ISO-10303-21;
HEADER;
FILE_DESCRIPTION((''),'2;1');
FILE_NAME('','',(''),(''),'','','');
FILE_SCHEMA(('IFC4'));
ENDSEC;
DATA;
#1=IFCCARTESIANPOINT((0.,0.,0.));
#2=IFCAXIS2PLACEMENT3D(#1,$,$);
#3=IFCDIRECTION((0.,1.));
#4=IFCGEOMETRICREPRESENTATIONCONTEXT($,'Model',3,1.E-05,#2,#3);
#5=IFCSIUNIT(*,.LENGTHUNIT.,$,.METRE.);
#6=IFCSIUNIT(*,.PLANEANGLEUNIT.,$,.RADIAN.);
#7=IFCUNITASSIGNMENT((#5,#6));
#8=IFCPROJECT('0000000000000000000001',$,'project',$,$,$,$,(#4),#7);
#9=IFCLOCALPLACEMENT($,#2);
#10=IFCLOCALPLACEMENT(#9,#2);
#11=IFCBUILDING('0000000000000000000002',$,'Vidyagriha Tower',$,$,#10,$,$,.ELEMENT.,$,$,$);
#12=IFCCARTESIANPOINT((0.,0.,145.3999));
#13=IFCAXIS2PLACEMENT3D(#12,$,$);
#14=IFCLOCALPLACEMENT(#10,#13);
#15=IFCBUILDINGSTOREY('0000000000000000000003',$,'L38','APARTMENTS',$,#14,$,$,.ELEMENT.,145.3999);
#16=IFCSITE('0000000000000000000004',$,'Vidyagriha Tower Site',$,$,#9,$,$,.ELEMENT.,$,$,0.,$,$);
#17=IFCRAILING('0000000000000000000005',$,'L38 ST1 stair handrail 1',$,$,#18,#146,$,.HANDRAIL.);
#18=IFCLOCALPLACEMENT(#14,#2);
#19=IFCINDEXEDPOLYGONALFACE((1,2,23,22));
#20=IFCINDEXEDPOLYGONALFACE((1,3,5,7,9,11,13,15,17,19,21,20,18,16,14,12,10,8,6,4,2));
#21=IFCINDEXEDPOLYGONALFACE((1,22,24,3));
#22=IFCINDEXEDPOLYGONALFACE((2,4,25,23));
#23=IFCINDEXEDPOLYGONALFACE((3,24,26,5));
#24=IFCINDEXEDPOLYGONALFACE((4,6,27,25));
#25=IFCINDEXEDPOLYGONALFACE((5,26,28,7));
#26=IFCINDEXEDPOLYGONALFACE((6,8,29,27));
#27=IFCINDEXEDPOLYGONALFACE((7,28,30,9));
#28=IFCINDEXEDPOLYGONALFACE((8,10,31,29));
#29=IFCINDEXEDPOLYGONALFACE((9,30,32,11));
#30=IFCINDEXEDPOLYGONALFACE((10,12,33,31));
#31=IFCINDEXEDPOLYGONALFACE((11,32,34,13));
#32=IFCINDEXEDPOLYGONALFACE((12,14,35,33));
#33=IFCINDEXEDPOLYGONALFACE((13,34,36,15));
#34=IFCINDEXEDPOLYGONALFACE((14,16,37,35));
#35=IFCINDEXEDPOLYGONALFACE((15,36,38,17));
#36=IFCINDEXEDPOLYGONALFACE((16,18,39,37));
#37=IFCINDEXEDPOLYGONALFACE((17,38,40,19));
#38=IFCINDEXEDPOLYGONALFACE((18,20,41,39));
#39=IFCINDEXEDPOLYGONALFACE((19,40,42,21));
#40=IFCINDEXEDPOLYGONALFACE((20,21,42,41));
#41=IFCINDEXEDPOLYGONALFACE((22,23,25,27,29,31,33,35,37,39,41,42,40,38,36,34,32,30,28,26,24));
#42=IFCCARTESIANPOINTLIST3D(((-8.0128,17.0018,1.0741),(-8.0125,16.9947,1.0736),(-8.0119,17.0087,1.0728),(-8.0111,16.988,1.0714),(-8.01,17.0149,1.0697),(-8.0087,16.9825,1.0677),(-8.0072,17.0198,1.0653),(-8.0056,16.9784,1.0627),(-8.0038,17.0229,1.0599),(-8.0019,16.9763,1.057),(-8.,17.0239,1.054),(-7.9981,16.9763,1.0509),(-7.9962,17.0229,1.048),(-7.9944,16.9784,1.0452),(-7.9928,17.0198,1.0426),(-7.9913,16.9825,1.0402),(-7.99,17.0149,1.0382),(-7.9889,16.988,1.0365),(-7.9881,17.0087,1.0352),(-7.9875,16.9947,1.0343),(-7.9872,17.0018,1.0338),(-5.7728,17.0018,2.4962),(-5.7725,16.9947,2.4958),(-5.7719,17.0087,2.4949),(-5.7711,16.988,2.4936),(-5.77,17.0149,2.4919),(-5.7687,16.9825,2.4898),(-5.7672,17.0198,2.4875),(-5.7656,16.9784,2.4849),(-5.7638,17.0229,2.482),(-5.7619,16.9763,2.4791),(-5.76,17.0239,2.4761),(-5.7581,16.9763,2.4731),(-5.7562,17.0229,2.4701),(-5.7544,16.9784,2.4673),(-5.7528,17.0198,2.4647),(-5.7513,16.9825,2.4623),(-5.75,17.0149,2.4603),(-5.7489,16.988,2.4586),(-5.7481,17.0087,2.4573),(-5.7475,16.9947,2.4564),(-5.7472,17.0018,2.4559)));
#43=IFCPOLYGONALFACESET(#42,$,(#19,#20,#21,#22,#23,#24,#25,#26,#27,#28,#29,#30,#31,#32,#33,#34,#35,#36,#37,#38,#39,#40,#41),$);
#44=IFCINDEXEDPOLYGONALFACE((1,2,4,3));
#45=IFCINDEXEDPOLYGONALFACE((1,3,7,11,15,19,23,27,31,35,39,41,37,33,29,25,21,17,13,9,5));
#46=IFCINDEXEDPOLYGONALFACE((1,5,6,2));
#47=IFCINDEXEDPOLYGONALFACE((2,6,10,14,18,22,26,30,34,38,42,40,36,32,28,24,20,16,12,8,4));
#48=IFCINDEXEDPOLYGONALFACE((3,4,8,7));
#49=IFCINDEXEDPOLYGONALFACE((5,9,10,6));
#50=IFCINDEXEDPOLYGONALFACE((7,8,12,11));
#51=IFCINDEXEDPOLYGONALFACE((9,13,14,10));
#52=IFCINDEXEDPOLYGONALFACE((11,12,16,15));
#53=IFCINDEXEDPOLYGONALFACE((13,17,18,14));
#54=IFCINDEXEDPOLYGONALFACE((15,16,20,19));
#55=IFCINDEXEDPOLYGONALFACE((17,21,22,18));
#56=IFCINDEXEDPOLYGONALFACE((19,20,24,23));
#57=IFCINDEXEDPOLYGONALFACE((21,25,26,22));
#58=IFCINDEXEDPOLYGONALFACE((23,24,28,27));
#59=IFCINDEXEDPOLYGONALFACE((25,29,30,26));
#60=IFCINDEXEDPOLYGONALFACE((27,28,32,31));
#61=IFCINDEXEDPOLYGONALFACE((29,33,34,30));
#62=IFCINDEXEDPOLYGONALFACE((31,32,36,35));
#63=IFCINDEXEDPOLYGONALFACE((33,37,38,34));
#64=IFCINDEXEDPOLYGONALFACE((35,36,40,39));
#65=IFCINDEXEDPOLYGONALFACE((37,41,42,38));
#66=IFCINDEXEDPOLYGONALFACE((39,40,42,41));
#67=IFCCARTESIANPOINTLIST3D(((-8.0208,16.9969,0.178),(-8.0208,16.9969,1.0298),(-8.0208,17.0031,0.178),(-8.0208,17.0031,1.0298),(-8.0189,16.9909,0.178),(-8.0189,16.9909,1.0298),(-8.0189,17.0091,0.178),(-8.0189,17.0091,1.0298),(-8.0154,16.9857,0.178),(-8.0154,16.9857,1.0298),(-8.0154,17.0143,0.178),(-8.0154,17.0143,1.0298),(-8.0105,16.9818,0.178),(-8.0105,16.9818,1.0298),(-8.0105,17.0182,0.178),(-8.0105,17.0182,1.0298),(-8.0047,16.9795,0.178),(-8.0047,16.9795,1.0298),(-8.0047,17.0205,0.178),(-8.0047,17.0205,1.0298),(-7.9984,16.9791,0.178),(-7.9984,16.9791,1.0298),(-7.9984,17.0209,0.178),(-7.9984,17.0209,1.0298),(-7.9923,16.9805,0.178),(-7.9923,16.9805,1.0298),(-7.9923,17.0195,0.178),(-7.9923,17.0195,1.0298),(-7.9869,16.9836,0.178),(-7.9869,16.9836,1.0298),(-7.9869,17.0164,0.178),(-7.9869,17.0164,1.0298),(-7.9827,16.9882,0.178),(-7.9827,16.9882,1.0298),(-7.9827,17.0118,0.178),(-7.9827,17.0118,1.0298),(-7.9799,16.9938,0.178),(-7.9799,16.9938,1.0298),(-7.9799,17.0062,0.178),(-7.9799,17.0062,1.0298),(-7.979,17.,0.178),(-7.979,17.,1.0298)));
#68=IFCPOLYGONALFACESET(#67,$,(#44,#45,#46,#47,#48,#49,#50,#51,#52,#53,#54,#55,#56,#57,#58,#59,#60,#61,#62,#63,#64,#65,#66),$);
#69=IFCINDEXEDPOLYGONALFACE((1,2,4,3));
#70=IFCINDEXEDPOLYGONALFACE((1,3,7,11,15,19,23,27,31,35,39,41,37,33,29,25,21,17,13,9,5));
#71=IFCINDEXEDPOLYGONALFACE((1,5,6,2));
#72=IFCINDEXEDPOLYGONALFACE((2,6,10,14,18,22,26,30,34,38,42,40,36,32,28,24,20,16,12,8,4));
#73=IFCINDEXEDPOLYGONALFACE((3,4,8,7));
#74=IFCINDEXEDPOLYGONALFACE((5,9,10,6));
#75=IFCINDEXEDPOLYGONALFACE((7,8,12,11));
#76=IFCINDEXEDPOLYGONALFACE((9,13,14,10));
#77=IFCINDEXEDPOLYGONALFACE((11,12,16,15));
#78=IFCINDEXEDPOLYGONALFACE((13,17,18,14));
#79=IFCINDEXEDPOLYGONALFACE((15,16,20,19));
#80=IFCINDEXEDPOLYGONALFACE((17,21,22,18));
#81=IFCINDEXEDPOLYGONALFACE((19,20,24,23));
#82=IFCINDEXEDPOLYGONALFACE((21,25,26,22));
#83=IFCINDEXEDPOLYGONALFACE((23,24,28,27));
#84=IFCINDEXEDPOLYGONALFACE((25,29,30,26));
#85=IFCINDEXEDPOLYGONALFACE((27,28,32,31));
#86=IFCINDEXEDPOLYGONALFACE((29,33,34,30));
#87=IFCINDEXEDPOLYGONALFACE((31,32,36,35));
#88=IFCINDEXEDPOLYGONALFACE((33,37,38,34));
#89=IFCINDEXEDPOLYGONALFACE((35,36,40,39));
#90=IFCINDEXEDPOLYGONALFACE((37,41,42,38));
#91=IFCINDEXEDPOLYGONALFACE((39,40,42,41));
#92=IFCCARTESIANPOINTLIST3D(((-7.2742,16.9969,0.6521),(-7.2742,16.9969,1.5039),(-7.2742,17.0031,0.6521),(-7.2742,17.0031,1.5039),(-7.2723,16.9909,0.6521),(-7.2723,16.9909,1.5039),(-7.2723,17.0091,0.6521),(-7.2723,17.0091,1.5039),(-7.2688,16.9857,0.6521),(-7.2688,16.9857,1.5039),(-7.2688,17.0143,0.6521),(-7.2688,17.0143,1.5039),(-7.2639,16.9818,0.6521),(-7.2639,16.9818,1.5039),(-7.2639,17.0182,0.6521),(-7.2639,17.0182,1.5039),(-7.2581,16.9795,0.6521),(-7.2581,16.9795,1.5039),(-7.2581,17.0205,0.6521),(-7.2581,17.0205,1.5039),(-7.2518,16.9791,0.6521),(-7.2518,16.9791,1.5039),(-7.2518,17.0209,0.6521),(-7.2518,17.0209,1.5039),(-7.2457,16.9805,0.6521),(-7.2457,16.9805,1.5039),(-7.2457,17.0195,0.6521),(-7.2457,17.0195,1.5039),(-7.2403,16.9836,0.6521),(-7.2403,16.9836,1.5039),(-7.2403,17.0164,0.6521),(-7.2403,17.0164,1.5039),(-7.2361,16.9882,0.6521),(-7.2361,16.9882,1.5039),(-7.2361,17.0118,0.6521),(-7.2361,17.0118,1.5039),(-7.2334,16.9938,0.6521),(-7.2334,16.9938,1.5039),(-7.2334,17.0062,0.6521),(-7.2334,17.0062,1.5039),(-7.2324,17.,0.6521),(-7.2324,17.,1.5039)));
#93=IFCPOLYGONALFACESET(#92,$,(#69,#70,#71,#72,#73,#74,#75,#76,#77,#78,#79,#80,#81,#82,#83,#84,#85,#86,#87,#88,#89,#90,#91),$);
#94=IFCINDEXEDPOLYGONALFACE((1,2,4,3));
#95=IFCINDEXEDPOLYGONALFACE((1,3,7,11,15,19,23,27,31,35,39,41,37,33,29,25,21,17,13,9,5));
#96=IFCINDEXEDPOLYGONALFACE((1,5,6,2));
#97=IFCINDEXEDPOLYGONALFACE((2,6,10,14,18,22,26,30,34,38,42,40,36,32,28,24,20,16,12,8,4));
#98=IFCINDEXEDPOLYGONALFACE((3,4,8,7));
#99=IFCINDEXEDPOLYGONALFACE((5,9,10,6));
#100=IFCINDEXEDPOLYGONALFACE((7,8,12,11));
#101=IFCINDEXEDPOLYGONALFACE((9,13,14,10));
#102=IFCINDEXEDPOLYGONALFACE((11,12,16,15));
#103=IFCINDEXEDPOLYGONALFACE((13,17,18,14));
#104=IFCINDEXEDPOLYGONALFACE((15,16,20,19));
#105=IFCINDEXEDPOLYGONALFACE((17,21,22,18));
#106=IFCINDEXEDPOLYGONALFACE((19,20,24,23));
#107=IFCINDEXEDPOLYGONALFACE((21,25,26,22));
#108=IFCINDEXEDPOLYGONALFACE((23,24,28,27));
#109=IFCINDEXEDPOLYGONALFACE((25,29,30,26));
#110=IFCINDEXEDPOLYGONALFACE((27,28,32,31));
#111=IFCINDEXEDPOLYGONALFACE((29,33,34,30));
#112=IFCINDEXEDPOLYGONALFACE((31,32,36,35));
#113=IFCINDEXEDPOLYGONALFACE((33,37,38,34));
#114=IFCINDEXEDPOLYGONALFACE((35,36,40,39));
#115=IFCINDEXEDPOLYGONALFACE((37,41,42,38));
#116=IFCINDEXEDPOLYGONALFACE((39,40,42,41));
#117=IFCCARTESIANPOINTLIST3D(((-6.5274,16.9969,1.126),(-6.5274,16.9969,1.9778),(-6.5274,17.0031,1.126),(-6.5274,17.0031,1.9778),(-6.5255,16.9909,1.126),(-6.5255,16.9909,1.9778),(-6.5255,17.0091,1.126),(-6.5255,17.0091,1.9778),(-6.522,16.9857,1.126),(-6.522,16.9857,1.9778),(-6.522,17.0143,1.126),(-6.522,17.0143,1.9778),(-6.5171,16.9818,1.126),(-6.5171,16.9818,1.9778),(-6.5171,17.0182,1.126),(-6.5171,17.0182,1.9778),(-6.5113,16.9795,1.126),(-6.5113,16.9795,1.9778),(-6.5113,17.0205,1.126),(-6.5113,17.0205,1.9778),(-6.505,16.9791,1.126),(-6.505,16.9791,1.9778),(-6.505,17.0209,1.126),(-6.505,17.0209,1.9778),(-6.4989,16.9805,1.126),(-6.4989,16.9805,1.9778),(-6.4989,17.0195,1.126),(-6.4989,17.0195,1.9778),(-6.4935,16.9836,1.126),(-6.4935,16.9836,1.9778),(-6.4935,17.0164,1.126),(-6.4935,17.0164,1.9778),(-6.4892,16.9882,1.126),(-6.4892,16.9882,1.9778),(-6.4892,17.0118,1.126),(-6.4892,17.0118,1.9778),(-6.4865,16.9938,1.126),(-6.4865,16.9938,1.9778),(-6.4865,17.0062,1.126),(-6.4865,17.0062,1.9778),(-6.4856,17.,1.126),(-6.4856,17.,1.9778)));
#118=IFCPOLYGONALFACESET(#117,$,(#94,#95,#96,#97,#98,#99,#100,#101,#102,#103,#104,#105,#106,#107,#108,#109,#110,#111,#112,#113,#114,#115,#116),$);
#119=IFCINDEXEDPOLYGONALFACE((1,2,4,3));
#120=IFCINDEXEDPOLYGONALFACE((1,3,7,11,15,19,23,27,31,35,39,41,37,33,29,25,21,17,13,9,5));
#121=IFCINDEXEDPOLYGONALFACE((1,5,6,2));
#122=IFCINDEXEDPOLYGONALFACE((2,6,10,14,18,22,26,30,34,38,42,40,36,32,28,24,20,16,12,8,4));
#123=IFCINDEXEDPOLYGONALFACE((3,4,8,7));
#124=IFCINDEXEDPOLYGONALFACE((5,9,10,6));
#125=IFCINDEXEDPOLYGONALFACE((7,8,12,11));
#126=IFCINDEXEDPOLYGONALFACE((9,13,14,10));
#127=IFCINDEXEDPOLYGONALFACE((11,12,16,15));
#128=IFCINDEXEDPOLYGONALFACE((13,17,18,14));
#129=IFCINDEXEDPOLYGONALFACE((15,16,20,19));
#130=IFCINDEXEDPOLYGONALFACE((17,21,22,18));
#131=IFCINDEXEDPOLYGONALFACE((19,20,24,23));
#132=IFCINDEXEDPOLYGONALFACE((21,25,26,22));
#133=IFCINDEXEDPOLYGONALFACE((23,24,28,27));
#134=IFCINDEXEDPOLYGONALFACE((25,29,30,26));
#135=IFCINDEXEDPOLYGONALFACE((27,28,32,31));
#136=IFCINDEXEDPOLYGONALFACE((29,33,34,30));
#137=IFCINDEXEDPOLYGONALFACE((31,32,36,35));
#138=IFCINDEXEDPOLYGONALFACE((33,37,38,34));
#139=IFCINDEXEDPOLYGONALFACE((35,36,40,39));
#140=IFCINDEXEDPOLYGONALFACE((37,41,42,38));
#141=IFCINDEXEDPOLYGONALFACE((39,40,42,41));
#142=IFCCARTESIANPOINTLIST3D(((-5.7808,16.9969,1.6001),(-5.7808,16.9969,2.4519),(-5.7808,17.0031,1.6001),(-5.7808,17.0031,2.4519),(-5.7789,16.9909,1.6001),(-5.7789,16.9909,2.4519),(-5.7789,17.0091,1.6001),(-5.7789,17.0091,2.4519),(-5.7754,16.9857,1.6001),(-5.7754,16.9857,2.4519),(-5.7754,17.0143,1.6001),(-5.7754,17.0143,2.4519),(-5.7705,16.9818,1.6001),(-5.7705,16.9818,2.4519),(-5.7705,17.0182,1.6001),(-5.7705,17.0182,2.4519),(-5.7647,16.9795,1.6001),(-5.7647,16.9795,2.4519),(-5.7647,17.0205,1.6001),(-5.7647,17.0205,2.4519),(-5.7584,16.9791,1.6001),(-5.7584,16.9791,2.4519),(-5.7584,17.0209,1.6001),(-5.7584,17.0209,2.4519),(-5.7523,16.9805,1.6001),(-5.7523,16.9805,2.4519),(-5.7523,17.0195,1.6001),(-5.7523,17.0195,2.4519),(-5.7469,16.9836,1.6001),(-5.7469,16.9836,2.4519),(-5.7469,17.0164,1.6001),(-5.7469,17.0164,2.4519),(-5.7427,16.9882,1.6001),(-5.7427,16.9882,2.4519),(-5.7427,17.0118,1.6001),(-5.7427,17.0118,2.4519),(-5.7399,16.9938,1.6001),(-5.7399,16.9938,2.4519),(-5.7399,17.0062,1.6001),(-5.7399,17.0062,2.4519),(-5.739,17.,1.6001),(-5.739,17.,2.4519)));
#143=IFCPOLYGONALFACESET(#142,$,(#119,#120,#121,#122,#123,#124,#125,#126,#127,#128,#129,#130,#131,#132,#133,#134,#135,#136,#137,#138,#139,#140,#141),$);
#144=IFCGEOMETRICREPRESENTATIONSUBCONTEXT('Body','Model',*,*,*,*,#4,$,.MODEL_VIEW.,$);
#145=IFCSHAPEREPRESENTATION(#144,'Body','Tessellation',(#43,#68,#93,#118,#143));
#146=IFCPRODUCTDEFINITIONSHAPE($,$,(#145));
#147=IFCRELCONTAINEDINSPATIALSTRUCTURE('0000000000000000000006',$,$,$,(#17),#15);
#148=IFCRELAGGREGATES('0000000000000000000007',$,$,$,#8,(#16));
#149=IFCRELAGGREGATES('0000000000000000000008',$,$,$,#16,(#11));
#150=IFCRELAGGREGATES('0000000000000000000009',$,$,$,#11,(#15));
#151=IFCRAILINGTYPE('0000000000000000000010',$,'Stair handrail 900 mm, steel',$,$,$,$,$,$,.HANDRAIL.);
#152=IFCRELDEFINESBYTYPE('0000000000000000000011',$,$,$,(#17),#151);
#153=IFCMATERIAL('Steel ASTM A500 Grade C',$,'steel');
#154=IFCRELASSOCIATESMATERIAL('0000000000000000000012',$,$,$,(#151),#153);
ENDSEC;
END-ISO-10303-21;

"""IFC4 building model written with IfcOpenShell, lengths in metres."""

from ifc_helpers import new_model, si_unit, direction, frame, origin, origin_2d, place, context, subcontext, project, spatial, circle, extrude, material, type_object, element, save


model = new_model("IFC4")

# Units and contexts
model_context = context("Model", 3, precision=1e-05, world=origin(), true_north=direction((0.0, 1.0)))
body_context = subcontext(model_context, "Body", "Model", "MODEL_VIEW")
ifc_project = project(units=[si_unit("LENGTHUNIT", "METRE"), si_unit("PLANEANGLEUNIT", "RADIAN")], contexts=[model_context])

# Site, building, storey
site_placement = place(None, origin())
site = spatial("IfcSite", under=ifc_project, at=site_placement, Name="Vidyagriha Tower Site", CompositionType="ELEMENT", RefElevation=0.0)
building_placement = place(site_placement, origin())
building = spatial("IfcBuilding", under=site, at=building_placement, Name="Vidyagriha Tower", CompositionType="ELEMENT")
storey_placement = place(building_placement, frame((0.0, 0.0, 145.3999)))
storey = spatial("IfcBuildingStorey", under=building, at=storey_placement, Name="L38", Description="APARTMENTS", CompositionType="ELEMENT", Elevation=145.3999)

# Railing
ifc_material_1 = material(Name="Steel ASTM A500 Grade C", Category="steel")
railing_type_1 = type_object("IfcRailingType", Name="Stair handrail 900 mm, steel", PredefinedType="HANDRAIL", material=ifc_material_1)
railing_1_placement = place(storey_placement, frame((-8.0, 17.0, 0.178)))
element("IfcRailing", 1, at=railing_1_placement, inside=storey, type_object=railing_type_1, Name="L38 ST1 stair handrail 1", PredefinedType="HANDRAIL", context=body_context, shape_type="SweptSolid", body=[
    extrude(circle(Radius=0.0239, at=origin_2d()), frame((0.0, 0.0, 0.876), z_axis=(0.844229, 0.0, 0.535982), x_axis=(0.0, 1.0, 0.0)), (0.0, 0.0, 1.0), 2.6533),
    extrude(circle(Radius=0.021, at=origin_2d()), origin(), (0.0, 0.0, 1.0), 0.8518),
    extrude(circle(Radius=0.021, at=origin_2d()), frame((0.7466, 0.0, 0.4741)), (0.0, 0.0, 1.0), 0.8518),
    extrude(circle(Radius=0.021, at=origin_2d()), frame((1.4934, 0.0, 0.948)), (0.0, 0.0, 1.0), 0.8518),
    extrude(circle(Radius=0.021, at=origin_2d()), frame((2.24, 0.0, 1.4221)), (0.0, 0.0, 1.0), 0.8518),
])

save(model, "model.ifc")
